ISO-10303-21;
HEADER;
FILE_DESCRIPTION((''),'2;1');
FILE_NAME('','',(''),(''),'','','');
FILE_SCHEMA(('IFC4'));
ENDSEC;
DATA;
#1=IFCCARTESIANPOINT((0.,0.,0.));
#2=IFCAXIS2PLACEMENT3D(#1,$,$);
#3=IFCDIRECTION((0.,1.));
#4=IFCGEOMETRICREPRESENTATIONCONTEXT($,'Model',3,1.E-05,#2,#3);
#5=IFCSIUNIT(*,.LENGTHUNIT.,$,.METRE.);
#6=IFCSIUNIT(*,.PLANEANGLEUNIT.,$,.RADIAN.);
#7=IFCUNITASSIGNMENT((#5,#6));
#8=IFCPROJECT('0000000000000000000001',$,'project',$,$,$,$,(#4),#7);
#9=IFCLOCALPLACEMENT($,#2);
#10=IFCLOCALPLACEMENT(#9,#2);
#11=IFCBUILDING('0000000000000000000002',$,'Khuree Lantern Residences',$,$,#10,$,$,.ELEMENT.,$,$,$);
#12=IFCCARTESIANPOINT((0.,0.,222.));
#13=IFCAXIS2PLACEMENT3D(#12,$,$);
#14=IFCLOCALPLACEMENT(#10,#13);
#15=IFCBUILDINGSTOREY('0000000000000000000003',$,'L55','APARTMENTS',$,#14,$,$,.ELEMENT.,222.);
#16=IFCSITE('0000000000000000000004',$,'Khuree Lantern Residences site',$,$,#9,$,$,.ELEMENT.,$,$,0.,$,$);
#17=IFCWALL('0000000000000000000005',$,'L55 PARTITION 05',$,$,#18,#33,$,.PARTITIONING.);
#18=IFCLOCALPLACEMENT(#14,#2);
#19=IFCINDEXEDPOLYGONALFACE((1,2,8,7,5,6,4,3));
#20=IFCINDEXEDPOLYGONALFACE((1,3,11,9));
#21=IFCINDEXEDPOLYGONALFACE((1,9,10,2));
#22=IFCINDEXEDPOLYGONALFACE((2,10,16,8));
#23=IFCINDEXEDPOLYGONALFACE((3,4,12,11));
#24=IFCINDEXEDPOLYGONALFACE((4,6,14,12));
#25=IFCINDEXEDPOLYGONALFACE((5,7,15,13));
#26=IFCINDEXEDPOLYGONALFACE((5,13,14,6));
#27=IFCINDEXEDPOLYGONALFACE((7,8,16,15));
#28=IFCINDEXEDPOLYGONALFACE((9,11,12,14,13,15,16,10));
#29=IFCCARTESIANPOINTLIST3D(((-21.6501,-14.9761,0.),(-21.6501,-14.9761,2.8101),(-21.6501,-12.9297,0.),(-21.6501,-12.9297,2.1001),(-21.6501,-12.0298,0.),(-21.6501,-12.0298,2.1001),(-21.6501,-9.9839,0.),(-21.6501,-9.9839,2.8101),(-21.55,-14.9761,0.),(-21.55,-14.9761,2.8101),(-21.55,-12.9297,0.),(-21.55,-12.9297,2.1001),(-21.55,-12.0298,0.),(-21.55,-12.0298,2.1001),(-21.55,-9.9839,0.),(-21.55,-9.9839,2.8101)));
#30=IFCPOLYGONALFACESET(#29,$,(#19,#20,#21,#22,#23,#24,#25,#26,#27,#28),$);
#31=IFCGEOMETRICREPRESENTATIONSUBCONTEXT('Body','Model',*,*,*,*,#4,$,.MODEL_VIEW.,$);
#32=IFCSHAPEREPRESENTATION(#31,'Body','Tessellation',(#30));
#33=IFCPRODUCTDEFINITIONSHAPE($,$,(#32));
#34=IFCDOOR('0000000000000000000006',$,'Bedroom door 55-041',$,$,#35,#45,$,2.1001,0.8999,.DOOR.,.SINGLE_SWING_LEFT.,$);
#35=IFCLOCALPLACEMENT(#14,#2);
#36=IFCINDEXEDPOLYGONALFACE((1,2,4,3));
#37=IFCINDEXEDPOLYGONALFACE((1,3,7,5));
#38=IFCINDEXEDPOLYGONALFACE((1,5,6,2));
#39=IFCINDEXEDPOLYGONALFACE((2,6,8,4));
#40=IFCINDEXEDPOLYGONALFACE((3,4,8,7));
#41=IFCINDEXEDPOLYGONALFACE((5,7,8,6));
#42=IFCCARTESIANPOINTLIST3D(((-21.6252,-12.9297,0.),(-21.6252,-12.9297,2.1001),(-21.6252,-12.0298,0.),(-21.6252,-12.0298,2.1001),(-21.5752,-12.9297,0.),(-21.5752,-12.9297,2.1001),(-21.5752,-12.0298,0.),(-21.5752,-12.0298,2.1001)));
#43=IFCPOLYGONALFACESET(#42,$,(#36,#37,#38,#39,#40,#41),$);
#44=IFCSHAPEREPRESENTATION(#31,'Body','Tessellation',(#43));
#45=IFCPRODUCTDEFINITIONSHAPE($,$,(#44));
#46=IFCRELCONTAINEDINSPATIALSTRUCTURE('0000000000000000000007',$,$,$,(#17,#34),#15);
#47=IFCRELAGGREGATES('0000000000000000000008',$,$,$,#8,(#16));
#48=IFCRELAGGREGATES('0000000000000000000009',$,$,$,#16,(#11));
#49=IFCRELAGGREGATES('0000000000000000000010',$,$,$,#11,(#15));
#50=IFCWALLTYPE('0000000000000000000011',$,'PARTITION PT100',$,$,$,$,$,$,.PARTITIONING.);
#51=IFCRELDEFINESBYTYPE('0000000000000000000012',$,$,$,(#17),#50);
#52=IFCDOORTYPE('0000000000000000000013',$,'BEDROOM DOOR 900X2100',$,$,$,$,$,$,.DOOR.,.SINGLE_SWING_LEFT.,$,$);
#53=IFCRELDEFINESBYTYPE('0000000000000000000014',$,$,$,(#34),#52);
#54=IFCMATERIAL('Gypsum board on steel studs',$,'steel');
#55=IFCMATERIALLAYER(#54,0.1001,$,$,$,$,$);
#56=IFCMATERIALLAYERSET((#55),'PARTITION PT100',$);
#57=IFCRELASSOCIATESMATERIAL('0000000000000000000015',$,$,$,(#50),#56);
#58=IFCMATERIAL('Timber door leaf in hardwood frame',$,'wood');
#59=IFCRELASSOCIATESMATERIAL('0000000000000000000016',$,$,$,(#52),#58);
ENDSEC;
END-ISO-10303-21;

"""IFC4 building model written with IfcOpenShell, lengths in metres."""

from ifc_helpers import new_model, si_unit, direction, frame, frame_2d, origin, place, context, subcontext, project, spatial, rectangle, extrude, material, layer, layer_set, type_object, element, fill, save


model = new_model("IFC4")

# Units and contexts
model_context = context("Model", 3, precision=1e-05, world=origin(), true_north=direction((0.0, 1.0)))
body_context = subcontext(model_context, "Body", "Model", "MODEL_VIEW")
ifc_project = project(units=[si_unit("LENGTHUNIT", "METRE"), si_unit("PLANEANGLEUNIT", "RADIAN")], contexts=[model_context])

# Site, building, storey
site_placement = place(None, origin())
site = spatial("IfcSite", under=ifc_project, at=site_placement, Name="Khuree Lantern Residences site", CompositionType="ELEMENT", RefElevation=0.0)
building_placement = place(site_placement, origin())
building = spatial("IfcBuilding", under=site, at=building_placement, Name="Khuree Lantern Residences", CompositionType="ELEMENT")
storey_placement = place(building_placement, frame((0.0, 0.0, 222.0)))
storey = spatial("IfcBuildingStorey", under=building, at=storey_placement, Name="L55", Description="APARTMENTS", CompositionType="ELEMENT", Elevation=222.0)

# Shared definitions
ifc_material_1 = material(Name="Gypsum board on steel studs", Category="steel")
ifc_layer_1 = layer(ifc_material_1, 0.1001)
ifc_layer_set_1 = layer_set([ifc_layer_1], Name="PARTITION PT100")
wall_type_1 = type_object("IfcWallType", Name="PARTITION PT100", PredefinedType="PARTITIONING", material=ifc_layer_set_1)

# Wall, opening, door
ifc_material_2 = material(Name="Timber door leaf in hardwood frame", Category="wood")
door_type = type_object("IfcDoorType", Name="BEDROOM DOOR 900X2100", OperationType="SINGLE_SWING_LEFT", PredefinedType="DOOR", material=ifc_material_2)
wall_1_placement = place(storey_placement, frame((-21.6001, -9.9839, 0.0), z_axis=(0.0, 0.0, 1.0), x_axis=(0.0, -1.0, 0.0)))
wall_1 = element("IfcWall", 1, at=wall_1_placement, inside=storey, type_object=wall_type_1, Name="L55 PARTITION 05", PredefinedType="PARTITIONING", context=body_context, shape_type="SweptSolid", body=[
    extrude(rectangle(XDim=4.9922, YDim=0.1001, at=frame_2d((2.4961, 0.0))), origin(), (0.0, 0.0, 1.0), 2.8101),
])
opening_1_placement = place(wall_1_placement, frame((2.0459, 0.0, 0.0)))
opening_1 = element("IfcOpeningElement", 2, at=opening_1_placement, cuts=wall_1, PredefinedType="OPENING", context=body_context, shape_type="SweptSolid", body=[
    extrude(rectangle(XDim=0.8999, YDim=2.1001, at=frame_2d((0.45, 1.05))), frame((0.0, 0.0601, 0.0), z_axis=(0.0, -1.0, 0.0), x_axis=(1.0, 0.0, 0.0)), (0.0, 0.0, 1.0), 0.1201),
])
door_1_placement = place(opening_1_placement, origin())
door_1 = element("IfcDoor", 3, at=door_1_placement, inside=storey, type_object=door_type, Name="Bedroom door 55-041", OperationType="SINGLE_SWING_LEFT", OverallHeight=2.1001, OverallWidth=0.8999, PredefinedType="DOOR", context=body_context, shape_type="SweptSolid", body=[
    extrude(rectangle(XDim=0.8999, YDim=2.1001, at=frame_2d((0.45, 1.05))), frame((0.0, 0.0249, 0.0), z_axis=(0.0, -1.0, 0.0), x_axis=(1.0, 0.0, 0.0)), (0.0, 0.0, 1.0), 0.05),
])
fill(opening_1, door_1)

save(model, "model.ifc")
